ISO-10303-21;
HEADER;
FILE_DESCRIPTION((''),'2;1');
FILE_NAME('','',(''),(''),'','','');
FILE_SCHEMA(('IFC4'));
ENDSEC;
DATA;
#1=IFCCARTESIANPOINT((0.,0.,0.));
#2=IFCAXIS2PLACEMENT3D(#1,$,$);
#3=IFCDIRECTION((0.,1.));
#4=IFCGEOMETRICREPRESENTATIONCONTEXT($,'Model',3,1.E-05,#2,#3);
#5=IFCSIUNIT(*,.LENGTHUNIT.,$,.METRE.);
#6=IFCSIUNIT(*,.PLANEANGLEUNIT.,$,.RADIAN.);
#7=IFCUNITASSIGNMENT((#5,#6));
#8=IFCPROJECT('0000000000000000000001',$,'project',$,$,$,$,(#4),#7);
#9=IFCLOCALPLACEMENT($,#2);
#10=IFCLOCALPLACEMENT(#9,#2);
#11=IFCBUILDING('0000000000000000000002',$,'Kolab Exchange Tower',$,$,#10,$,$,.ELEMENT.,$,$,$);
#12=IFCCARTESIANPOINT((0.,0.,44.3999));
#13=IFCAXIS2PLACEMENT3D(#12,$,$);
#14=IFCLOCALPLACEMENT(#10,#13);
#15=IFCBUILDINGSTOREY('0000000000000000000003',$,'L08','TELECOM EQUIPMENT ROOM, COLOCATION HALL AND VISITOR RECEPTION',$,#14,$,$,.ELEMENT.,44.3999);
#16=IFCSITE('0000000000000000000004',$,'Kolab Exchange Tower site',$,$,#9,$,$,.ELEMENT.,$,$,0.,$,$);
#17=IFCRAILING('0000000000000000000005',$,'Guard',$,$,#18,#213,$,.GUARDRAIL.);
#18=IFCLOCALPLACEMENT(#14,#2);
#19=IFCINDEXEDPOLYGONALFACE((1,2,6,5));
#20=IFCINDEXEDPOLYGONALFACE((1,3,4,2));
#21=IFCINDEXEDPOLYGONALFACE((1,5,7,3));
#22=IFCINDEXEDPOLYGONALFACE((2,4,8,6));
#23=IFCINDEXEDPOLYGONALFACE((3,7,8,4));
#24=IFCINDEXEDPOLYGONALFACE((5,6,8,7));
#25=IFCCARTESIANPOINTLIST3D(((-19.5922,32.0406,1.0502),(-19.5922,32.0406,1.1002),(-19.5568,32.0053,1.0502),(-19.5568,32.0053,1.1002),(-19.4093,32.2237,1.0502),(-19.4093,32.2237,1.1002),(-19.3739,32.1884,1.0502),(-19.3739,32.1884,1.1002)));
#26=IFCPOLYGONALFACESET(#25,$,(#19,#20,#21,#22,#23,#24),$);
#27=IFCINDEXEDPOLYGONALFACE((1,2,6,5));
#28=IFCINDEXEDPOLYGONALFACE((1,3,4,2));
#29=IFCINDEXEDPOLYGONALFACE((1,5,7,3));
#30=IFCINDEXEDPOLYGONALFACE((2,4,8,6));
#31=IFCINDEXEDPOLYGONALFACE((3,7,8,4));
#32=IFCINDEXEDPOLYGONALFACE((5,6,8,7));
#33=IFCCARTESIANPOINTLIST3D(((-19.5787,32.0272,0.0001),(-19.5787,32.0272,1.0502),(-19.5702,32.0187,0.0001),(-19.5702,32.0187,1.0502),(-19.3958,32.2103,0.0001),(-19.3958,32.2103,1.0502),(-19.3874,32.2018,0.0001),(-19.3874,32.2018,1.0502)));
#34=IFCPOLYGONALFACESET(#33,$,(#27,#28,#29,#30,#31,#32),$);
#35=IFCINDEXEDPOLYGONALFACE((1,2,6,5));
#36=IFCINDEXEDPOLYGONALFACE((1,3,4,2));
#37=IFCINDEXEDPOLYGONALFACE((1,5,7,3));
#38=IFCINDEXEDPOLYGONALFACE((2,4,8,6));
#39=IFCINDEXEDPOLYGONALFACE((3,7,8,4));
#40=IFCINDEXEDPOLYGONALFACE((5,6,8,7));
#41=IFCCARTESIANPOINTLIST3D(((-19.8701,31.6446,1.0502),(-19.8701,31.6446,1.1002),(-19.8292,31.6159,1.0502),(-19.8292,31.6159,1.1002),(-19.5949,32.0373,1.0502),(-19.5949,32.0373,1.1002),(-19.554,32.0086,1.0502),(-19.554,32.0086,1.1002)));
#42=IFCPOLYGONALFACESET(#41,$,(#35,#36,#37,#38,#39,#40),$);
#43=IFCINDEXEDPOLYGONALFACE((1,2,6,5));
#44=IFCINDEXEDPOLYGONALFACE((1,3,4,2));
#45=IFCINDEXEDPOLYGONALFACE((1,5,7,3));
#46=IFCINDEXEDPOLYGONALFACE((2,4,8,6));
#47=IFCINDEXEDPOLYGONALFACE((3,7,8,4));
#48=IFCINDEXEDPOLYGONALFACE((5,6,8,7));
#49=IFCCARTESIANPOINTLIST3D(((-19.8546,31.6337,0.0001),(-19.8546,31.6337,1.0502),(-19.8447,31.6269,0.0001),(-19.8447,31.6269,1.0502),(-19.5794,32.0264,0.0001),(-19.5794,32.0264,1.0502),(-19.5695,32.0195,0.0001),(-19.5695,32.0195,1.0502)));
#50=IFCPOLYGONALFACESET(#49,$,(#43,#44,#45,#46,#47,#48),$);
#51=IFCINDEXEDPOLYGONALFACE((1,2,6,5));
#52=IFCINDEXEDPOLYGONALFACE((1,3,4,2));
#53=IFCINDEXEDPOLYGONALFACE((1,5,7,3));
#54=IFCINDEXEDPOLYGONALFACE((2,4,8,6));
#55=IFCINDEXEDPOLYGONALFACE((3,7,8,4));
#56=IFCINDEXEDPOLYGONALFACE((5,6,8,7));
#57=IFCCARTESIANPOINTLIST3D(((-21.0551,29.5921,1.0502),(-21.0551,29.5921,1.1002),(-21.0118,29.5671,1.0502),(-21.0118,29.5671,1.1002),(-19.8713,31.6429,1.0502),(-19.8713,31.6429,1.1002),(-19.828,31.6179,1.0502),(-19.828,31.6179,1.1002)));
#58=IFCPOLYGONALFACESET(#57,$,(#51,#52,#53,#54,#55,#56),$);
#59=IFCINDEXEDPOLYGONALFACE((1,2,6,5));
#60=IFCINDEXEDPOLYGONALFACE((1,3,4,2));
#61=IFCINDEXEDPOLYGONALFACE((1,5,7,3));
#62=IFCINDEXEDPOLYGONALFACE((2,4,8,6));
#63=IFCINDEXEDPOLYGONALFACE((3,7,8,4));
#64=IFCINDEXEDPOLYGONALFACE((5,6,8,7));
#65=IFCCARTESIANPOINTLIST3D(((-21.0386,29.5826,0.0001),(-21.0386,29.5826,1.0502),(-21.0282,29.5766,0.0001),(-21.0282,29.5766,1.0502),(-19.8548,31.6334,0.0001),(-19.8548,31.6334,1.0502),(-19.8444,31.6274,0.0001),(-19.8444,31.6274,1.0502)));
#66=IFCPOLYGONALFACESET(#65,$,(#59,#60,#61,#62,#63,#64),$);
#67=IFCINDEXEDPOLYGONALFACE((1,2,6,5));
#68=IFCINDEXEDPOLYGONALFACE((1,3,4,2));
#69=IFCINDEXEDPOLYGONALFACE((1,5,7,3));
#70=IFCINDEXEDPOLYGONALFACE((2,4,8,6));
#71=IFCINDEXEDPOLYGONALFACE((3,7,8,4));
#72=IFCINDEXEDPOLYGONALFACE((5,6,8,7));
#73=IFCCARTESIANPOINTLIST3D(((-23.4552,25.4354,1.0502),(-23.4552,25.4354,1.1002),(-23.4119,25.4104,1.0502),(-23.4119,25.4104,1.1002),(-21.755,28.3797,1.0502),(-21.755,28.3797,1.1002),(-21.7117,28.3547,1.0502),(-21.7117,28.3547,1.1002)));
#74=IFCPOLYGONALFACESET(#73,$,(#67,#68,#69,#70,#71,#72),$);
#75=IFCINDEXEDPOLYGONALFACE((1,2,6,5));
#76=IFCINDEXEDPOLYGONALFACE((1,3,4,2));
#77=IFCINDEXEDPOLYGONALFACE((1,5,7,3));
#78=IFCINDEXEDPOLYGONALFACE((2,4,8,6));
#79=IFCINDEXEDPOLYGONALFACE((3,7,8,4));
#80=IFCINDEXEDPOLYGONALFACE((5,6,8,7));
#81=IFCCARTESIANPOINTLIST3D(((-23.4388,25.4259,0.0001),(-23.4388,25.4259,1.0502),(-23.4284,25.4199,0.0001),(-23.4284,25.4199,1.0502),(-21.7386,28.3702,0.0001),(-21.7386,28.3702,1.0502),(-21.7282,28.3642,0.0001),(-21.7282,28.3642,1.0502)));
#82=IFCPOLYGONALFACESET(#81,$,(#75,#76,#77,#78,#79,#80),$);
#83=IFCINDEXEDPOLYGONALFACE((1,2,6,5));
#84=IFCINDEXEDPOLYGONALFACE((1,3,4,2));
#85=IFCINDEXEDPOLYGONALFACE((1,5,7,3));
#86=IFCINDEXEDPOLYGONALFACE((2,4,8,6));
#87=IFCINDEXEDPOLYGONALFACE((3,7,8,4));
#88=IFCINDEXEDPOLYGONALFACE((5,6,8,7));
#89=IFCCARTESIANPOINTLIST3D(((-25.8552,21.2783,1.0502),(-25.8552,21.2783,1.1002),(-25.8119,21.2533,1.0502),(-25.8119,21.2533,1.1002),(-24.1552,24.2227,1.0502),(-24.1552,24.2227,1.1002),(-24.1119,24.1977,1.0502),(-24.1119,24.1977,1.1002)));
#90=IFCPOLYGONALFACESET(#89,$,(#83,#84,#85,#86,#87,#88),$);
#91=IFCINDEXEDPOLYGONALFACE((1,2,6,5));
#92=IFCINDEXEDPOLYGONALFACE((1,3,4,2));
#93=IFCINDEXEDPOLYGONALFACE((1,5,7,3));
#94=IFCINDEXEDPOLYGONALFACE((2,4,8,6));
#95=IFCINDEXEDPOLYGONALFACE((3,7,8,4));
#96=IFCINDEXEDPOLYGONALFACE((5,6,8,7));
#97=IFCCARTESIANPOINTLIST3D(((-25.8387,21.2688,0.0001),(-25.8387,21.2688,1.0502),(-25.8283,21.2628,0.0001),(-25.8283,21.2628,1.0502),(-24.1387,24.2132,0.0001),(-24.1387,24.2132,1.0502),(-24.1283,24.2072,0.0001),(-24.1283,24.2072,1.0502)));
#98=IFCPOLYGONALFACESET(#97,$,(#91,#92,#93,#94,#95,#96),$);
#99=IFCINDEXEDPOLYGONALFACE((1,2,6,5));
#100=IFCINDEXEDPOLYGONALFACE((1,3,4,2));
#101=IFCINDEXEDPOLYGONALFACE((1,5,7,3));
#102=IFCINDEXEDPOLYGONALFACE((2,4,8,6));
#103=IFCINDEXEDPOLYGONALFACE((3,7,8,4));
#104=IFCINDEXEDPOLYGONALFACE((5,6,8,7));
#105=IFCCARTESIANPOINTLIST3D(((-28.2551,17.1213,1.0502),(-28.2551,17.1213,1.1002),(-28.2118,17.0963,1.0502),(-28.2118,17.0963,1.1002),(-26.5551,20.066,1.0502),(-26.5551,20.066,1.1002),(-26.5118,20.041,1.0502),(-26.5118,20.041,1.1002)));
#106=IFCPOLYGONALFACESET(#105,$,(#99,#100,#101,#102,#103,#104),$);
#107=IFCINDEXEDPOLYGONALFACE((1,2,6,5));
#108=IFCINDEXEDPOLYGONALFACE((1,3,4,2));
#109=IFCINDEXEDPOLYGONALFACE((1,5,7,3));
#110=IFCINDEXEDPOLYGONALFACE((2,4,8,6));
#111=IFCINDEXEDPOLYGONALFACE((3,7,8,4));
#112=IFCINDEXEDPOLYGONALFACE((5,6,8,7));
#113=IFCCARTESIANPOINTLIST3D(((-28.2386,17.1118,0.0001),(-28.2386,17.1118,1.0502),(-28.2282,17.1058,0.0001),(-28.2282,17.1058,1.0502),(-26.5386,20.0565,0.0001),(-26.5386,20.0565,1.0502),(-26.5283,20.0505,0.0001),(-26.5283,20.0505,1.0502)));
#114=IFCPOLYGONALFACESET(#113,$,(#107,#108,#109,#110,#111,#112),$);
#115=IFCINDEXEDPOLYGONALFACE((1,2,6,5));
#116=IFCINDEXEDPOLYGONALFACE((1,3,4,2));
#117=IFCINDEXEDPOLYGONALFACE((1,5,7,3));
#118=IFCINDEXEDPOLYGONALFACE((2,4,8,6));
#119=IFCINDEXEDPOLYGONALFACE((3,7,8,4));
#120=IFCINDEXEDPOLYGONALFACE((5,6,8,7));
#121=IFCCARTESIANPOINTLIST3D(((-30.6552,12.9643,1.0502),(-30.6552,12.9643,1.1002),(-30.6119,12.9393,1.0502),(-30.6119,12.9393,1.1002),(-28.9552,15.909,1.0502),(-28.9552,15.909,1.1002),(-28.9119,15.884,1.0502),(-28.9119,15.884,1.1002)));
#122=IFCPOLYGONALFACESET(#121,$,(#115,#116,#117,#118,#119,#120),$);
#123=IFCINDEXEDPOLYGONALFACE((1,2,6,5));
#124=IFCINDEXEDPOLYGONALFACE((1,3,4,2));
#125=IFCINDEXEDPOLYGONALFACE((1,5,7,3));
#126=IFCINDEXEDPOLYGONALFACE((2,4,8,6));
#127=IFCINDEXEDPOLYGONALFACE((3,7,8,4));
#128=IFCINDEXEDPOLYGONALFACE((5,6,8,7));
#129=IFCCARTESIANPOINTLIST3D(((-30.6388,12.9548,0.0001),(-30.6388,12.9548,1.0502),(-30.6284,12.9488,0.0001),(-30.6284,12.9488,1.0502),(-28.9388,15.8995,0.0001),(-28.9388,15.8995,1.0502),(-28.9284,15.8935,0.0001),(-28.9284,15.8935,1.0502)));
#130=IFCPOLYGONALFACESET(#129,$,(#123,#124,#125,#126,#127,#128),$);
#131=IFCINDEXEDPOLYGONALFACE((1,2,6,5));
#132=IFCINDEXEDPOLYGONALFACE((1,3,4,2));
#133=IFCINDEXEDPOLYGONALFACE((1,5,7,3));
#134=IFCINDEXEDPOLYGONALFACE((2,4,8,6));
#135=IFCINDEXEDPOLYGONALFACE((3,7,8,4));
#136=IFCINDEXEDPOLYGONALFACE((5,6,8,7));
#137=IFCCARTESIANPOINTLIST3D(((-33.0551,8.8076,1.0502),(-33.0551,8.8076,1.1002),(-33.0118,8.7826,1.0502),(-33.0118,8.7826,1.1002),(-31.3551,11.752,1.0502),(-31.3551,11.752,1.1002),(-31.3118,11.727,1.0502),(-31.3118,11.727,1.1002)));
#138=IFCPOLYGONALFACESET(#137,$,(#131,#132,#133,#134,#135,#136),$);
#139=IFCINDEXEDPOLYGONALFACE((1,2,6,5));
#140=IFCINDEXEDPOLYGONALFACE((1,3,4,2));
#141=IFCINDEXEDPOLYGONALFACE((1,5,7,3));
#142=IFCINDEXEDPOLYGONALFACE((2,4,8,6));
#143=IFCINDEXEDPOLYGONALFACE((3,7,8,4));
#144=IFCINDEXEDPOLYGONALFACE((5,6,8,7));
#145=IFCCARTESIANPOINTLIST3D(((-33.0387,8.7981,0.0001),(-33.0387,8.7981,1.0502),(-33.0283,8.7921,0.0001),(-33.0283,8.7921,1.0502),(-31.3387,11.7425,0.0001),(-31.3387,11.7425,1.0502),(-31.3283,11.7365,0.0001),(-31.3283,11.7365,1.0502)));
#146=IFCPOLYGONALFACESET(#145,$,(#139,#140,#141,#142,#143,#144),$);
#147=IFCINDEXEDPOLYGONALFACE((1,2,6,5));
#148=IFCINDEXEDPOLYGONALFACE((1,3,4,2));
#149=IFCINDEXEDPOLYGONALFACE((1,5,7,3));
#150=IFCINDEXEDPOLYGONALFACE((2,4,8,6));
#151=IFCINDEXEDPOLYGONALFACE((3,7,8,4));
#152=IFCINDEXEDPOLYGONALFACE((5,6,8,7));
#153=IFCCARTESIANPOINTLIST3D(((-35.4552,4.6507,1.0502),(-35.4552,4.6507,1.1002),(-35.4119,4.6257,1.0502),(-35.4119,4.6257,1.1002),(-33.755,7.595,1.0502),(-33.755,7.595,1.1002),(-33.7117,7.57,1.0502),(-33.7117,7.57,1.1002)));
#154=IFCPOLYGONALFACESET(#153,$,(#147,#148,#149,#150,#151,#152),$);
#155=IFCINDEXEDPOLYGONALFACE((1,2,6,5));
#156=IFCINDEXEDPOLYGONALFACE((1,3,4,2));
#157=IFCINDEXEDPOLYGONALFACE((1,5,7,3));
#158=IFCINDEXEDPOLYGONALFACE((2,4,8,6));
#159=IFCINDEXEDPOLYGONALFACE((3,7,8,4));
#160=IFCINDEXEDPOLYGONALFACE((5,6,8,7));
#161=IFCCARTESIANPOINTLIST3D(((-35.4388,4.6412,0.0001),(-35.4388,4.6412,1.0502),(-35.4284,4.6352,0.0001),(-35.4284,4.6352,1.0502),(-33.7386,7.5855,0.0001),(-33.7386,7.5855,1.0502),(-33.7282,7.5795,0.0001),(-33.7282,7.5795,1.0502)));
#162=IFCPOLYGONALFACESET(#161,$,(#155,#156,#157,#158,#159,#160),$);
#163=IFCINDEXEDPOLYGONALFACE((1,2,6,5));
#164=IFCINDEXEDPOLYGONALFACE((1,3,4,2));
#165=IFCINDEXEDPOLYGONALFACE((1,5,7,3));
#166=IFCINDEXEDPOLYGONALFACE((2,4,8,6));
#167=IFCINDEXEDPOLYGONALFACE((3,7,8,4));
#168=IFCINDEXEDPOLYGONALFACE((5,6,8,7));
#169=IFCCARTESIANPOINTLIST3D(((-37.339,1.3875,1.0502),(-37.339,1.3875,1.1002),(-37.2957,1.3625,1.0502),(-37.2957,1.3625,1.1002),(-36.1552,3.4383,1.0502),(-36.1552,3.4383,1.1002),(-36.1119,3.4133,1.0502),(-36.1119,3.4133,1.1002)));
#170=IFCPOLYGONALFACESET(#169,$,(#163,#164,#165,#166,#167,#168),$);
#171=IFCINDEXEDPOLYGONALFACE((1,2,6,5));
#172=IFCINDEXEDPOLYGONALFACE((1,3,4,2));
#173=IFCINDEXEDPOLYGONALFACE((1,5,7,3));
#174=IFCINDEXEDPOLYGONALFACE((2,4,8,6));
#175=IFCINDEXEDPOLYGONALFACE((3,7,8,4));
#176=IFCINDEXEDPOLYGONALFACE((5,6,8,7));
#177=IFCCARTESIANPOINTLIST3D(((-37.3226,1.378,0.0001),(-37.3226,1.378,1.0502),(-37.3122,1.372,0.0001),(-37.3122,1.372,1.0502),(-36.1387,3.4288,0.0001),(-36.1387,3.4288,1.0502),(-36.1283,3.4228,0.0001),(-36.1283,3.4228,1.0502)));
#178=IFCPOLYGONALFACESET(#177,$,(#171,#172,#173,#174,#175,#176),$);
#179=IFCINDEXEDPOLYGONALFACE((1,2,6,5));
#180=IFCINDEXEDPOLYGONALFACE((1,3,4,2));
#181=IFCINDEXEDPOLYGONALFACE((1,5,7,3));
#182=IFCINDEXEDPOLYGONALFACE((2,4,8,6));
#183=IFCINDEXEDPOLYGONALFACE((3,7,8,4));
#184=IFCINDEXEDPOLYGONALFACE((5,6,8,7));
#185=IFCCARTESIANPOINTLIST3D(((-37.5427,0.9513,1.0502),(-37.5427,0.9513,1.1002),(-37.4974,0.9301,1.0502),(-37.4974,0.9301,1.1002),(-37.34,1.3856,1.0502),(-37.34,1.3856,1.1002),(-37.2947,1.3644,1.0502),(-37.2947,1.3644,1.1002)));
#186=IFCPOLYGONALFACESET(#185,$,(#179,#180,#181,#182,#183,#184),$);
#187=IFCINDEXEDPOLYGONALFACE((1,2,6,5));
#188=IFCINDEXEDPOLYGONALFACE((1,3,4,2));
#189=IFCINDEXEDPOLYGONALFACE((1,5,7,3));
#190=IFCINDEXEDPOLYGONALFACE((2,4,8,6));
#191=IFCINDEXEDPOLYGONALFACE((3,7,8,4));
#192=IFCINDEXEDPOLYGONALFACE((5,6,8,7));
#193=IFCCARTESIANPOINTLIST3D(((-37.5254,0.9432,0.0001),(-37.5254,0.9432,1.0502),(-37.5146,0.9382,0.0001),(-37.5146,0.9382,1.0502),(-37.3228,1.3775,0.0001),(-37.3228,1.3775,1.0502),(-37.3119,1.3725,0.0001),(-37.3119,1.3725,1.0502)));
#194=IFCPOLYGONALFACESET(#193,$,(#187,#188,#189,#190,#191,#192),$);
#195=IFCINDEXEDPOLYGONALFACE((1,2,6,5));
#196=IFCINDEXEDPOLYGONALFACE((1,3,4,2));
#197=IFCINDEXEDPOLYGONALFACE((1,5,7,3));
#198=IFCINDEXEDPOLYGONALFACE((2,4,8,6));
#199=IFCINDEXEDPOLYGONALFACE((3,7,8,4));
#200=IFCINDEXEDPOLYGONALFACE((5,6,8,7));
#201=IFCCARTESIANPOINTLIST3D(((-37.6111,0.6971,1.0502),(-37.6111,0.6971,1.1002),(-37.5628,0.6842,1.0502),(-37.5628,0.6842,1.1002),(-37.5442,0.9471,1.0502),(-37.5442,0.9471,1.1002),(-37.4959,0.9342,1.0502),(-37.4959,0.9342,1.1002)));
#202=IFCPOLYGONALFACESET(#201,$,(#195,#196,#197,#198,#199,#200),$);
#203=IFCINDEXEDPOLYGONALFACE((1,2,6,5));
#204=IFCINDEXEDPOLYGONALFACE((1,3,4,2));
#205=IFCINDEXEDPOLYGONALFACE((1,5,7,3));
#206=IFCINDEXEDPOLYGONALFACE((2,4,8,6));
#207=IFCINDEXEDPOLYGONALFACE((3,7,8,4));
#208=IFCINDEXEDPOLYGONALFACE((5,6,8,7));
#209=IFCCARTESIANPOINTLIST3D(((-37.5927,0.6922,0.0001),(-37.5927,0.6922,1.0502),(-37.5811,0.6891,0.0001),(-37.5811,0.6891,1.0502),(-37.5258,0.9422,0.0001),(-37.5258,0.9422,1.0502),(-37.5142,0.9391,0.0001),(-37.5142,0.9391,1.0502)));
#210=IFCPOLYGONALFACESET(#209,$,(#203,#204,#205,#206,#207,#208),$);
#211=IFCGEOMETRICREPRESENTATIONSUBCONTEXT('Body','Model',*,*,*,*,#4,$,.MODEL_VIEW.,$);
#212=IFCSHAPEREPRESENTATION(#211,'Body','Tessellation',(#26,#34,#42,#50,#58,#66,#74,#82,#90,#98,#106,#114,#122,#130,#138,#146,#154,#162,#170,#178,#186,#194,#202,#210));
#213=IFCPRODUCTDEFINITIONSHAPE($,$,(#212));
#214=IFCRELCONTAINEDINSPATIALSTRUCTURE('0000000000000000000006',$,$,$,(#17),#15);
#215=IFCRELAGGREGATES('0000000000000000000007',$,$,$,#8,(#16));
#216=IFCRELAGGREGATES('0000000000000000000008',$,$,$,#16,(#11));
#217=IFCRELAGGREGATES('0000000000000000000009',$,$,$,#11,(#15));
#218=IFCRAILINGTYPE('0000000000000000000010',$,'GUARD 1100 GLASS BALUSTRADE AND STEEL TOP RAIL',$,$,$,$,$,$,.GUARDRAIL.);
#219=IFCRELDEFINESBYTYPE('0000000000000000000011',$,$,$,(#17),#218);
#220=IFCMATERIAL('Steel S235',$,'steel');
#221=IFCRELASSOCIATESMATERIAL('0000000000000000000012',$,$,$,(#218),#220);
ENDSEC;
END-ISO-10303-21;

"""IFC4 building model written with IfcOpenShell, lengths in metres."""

from ifc_helpers import new_model, si_unit, direction, frame, frame_2d, origin, origin_2d, place, context, subcontext, project, spatial, rectangle, extrude, material, type_object, element, save


model = new_model("IFC4")

# Units and contexts
model_context = context("Model", 3, precision=1e-05, world=origin(), true_north=direction((0.0, 1.0)))
body_context = subcontext(model_context, "Body", "Model", "MODEL_VIEW")
ifc_project = project(units=[si_unit("LENGTHUNIT", "METRE"), si_unit("PLANEANGLEUNIT", "RADIAN")], contexts=[model_context])

# Site, building, storey
site_placement = place(None, origin())
site = spatial("IfcSite", under=ifc_project, at=site_placement, Name="Kolab Exchange Tower site", CompositionType="ELEMENT", RefElevation=0.0)
building_placement = place(site_placement, origin())
building = spatial("IfcBuilding", under=site, at=building_placement, Name="Kolab Exchange Tower", CompositionType="ELEMENT")
storey_placement = place(building_placement, frame((0.0, 0.0, 44.3999)))
storey = spatial("IfcBuildingStorey", under=building, at=storey_placement, Name="L08", Description="TELECOM EQUIPMENT ROOM, COLOCATION HALL AND VISITOR RECEPTION", CompositionType="ELEMENT", Elevation=44.3999)

# Railing
ifc_material_1 = material(Name="Steel S235", Category="steel")
railing_type = type_object("IfcRailingType", Name="GUARD 1100 GLASS BALUSTRADE AND STEEL TOP RAIL", PredefinedType="GUARDRAIL", material=ifc_material_1)
railing_placement = place(storey_placement, frame((-19.3916, 32.2061, 0.0)))
element("IfcRailing", 1, at=railing_placement, inside=storey, type_object=railing_type, Name="Guard", PredefinedType="GUARDRAIL", context=body_context, shape_type="SweptSolid", body=[
    extrude(rectangle(XDim=0.05, YDim=0.05, at=origin_2d()), frame((0.0, 0.0, 1.0752), z_axis=(-0.706635, -0.707578, 0.0), x_axis=(0.707578, -0.706635, 0.0)), (0.0, 0.0, 1.0), 0.2588),
    extrude(rectangle(XDim=0.012, YDim=1.0501, at=frame_2d((0.0, 0.5251))), frame((0.0, 0.0, 0.0), z_axis=(-0.706635, -0.707578, 0.0), x_axis=(0.707578, -0.706635, 0.0)), (0.0, 0.0, 1.0), 0.2588),
    extrude(rectangle(XDim=0.05, YDim=0.05, at=origin_2d()), frame((-0.1829, -0.1831, 1.0752), z_axis=(-0.573941, -0.818897, 0.0), x_axis=(0.818897, -0.573941, 0.0)), (0.0, 0.0, 1.0), 0.4795),
    extrude(rectangle(XDim=0.012, YDim=1.0501, at=frame_2d((0.0, 0.5251))), frame((-0.1829, -0.1831, 0.0), z_axis=(-0.573941, -0.818897, 0.0), x_axis=(0.818897, -0.573941, 0.0)), (0.0, 0.0, 1.0), 0.4795),
    extrude(rectangle(XDim=0.05, YDim=0.05, at=origin_2d()), frame((-0.458, -0.5757, 1.0752), z_axis=(-0.499943, -0.866059, 0.0), x_axis=(0.866059, -0.499943, 0.0)), (0.0, 0.0, 1.0), 2.3679),
    extrude(rectangle(XDim=0.012, YDim=1.0501, at=frame_2d((0.0, 0.5251))), frame((-0.458, -0.5757, 0.0), z_axis=(-0.499943, -0.866059, 0.0), x_axis=(0.866059, -0.499943, 0.0)), (0.0, 0.0, 1.0), 2.3679),
    extrude(rectangle(XDim=0.05, YDim=0.05, at=origin_2d()), frame((-2.3418, -3.8389, 1.0752), z_axis=(-0.500062, -0.865989, 0.0), x_axis=(0.865989, -0.500062, 0.0)), (0.0, 0.0, 1.0), 3.3999),
    extrude(rectangle(XDim=0.012, YDim=1.0501, at=frame_2d((0.0, 0.5251))), frame((-2.3418, -3.8389, 0.0), z_axis=(-0.500062, -0.865989, 0.0), x_axis=(0.865989, -0.500062, 0.0)), (0.0, 0.0, 1.0), 3.3999),
    extrude(rectangle(XDim=0.05, YDim=0.05, at=origin_2d()), frame((-4.7419, -7.9958, 1.0752), z_axis=(-0.500008, -0.866021, 0.0), x_axis=(0.866021, -0.500008, 0.0)), (0.0, 0.0, 1.0), 3.3999),
    extrude(rectangle(XDim=0.012, YDim=1.0501, at=frame_2d((0.0, 0.5251))), frame((-4.7419, -7.9958, 0.0), z_axis=(-0.500008, -0.866021, 0.0), x_axis=(0.866021, -0.500008, 0.0)), (0.0, 0.0, 1.0), 3.3999),
    extrude(rectangle(XDim=0.05, YDim=0.05, at=origin_2d()), frame((-7.1418, -12.1526, 1.0752), z_axis=(-0.499977, -0.866039, 0.0), x_axis=(0.866039, -0.499977, 0.0)), (0.0, 0.0, 1.0), 3.4001),
    extrude(rectangle(XDim=0.012, YDim=1.0501, at=frame_2d((0.0, 0.5251))), frame((-7.1418, -12.1526, 0.0), z_axis=(-0.499977, -0.866039, 0.0), x_axis=(0.866039, -0.499977, 0.0)), (0.0, 0.0, 1.0), 3.4001),
    extrude(rectangle(XDim=0.05, YDim=0.05, at=origin_2d()), frame((-9.542, -16.3096, 1.0752), z_axis=(-0.499977, -0.866039, 0.0), x_axis=(0.866039, -0.499977, 0.0)), (0.0, 0.0, 1.0), 3.4001),
    extrude(rectangle(XDim=0.012, YDim=1.0501, at=frame_2d((0.0, 0.5251))), frame((-9.542, -16.3096, 0.0), z_axis=(-0.499977, -0.866039, 0.0), x_axis=(0.866039, -0.499977, 0.0)), (0.0, 0.0, 1.0), 3.4001),
    extrude(rectangle(XDim=0.05, YDim=0.05, at=origin_2d()), frame((-11.9419, -20.4666, 1.0752), z_axis=(-0.500008, -0.866021, 0.0), x_axis=(0.866021, -0.500008, 0.0)), (0.0, 0.0, 1.0), 3.3999),
    extrude(rectangle(XDim=0.012, YDim=1.0501, at=frame_2d((0.0, 0.5251))), frame((-11.9419, -20.4666, 0.0), z_axis=(-0.500008, -0.866021, 0.0), x_axis=(0.866021, -0.500008, 0.0)), (0.0, 0.0, 1.0), 3.3999),
    extrude(rectangle(XDim=0.05, YDim=0.05, at=origin_2d()), frame((-14.3418, -24.6235, 1.0752), z_axis=(-0.500062, -0.865989, 0.0), x_axis=(0.865989, -0.500062, 0.0)), (0.0, 0.0, 1.0), 3.3999),
    extrude(rectangle(XDim=0.012, YDim=1.0501, at=frame_2d((0.0, 0.5251))), frame((-14.3418, -24.6235, 0.0), z_axis=(-0.500062, -0.865989, 0.0), x_axis=(0.865989, -0.500062, 0.0)), (0.0, 0.0, 1.0), 3.3999),
    extrude(rectangle(XDim=0.05, YDim=0.05, at=origin_2d()), frame((-16.7419, -28.7803, 1.0752), z_axis=(-0.499943, -0.866059, 0.0), x_axis=(0.866059, -0.499943, 0.0)), (0.0, 0.0, 1.0), 2.3679),
    extrude(rectangle(XDim=0.012, YDim=1.0501, at=frame_2d((0.0, 0.5251))), frame((-16.7419, -28.7803, 0.0), z_axis=(-0.499943, -0.866059, 0.0), x_axis=(0.866059, -0.499943, 0.0)), (0.0, 0.0, 1.0), 2.3679),
    extrude(rectangle(XDim=0.05, YDim=0.05, at=origin_2d()), frame((-17.9258, -30.8311, 1.0752), z_axis=(-0.422802, -0.906222, 0.0), x_axis=(0.906222, -0.422802, 0.0)), (0.0, 0.0, 1.0), 0.4792),
    extrude(rectangle(XDim=0.012, YDim=1.0501, at=frame_2d((0.0, 0.5251))), frame((-17.9258, -30.8311, 0.0), z_axis=(-0.422802, -0.906222, 0.0), x_axis=(0.906222, -0.422802, 0.0)), (0.0, 0.0, 1.0), 0.4792),
    extrude(rectangle(XDim=0.05, YDim=0.05, at=origin_2d()), frame((-18.1284, -31.2654, 1.0752), z_axis=(-0.258485, -0.966015, 0.0), x_axis=(0.966015, -0.258485, 0.0)), (0.0, 0.0, 1.0), 0.2588),
    extrude(rectangle(XDim=0.012, YDim=1.0501, at=frame_2d((0.0, 0.5251))), frame((-18.1284, -31.2654, 0.0), z_axis=(-0.258485, -0.966015, 0.0), x_axis=(0.966015, -0.258485, 0.0)), (0.0, 0.0, 1.0), 0.2588),
])

save(model, "model.ifc")
